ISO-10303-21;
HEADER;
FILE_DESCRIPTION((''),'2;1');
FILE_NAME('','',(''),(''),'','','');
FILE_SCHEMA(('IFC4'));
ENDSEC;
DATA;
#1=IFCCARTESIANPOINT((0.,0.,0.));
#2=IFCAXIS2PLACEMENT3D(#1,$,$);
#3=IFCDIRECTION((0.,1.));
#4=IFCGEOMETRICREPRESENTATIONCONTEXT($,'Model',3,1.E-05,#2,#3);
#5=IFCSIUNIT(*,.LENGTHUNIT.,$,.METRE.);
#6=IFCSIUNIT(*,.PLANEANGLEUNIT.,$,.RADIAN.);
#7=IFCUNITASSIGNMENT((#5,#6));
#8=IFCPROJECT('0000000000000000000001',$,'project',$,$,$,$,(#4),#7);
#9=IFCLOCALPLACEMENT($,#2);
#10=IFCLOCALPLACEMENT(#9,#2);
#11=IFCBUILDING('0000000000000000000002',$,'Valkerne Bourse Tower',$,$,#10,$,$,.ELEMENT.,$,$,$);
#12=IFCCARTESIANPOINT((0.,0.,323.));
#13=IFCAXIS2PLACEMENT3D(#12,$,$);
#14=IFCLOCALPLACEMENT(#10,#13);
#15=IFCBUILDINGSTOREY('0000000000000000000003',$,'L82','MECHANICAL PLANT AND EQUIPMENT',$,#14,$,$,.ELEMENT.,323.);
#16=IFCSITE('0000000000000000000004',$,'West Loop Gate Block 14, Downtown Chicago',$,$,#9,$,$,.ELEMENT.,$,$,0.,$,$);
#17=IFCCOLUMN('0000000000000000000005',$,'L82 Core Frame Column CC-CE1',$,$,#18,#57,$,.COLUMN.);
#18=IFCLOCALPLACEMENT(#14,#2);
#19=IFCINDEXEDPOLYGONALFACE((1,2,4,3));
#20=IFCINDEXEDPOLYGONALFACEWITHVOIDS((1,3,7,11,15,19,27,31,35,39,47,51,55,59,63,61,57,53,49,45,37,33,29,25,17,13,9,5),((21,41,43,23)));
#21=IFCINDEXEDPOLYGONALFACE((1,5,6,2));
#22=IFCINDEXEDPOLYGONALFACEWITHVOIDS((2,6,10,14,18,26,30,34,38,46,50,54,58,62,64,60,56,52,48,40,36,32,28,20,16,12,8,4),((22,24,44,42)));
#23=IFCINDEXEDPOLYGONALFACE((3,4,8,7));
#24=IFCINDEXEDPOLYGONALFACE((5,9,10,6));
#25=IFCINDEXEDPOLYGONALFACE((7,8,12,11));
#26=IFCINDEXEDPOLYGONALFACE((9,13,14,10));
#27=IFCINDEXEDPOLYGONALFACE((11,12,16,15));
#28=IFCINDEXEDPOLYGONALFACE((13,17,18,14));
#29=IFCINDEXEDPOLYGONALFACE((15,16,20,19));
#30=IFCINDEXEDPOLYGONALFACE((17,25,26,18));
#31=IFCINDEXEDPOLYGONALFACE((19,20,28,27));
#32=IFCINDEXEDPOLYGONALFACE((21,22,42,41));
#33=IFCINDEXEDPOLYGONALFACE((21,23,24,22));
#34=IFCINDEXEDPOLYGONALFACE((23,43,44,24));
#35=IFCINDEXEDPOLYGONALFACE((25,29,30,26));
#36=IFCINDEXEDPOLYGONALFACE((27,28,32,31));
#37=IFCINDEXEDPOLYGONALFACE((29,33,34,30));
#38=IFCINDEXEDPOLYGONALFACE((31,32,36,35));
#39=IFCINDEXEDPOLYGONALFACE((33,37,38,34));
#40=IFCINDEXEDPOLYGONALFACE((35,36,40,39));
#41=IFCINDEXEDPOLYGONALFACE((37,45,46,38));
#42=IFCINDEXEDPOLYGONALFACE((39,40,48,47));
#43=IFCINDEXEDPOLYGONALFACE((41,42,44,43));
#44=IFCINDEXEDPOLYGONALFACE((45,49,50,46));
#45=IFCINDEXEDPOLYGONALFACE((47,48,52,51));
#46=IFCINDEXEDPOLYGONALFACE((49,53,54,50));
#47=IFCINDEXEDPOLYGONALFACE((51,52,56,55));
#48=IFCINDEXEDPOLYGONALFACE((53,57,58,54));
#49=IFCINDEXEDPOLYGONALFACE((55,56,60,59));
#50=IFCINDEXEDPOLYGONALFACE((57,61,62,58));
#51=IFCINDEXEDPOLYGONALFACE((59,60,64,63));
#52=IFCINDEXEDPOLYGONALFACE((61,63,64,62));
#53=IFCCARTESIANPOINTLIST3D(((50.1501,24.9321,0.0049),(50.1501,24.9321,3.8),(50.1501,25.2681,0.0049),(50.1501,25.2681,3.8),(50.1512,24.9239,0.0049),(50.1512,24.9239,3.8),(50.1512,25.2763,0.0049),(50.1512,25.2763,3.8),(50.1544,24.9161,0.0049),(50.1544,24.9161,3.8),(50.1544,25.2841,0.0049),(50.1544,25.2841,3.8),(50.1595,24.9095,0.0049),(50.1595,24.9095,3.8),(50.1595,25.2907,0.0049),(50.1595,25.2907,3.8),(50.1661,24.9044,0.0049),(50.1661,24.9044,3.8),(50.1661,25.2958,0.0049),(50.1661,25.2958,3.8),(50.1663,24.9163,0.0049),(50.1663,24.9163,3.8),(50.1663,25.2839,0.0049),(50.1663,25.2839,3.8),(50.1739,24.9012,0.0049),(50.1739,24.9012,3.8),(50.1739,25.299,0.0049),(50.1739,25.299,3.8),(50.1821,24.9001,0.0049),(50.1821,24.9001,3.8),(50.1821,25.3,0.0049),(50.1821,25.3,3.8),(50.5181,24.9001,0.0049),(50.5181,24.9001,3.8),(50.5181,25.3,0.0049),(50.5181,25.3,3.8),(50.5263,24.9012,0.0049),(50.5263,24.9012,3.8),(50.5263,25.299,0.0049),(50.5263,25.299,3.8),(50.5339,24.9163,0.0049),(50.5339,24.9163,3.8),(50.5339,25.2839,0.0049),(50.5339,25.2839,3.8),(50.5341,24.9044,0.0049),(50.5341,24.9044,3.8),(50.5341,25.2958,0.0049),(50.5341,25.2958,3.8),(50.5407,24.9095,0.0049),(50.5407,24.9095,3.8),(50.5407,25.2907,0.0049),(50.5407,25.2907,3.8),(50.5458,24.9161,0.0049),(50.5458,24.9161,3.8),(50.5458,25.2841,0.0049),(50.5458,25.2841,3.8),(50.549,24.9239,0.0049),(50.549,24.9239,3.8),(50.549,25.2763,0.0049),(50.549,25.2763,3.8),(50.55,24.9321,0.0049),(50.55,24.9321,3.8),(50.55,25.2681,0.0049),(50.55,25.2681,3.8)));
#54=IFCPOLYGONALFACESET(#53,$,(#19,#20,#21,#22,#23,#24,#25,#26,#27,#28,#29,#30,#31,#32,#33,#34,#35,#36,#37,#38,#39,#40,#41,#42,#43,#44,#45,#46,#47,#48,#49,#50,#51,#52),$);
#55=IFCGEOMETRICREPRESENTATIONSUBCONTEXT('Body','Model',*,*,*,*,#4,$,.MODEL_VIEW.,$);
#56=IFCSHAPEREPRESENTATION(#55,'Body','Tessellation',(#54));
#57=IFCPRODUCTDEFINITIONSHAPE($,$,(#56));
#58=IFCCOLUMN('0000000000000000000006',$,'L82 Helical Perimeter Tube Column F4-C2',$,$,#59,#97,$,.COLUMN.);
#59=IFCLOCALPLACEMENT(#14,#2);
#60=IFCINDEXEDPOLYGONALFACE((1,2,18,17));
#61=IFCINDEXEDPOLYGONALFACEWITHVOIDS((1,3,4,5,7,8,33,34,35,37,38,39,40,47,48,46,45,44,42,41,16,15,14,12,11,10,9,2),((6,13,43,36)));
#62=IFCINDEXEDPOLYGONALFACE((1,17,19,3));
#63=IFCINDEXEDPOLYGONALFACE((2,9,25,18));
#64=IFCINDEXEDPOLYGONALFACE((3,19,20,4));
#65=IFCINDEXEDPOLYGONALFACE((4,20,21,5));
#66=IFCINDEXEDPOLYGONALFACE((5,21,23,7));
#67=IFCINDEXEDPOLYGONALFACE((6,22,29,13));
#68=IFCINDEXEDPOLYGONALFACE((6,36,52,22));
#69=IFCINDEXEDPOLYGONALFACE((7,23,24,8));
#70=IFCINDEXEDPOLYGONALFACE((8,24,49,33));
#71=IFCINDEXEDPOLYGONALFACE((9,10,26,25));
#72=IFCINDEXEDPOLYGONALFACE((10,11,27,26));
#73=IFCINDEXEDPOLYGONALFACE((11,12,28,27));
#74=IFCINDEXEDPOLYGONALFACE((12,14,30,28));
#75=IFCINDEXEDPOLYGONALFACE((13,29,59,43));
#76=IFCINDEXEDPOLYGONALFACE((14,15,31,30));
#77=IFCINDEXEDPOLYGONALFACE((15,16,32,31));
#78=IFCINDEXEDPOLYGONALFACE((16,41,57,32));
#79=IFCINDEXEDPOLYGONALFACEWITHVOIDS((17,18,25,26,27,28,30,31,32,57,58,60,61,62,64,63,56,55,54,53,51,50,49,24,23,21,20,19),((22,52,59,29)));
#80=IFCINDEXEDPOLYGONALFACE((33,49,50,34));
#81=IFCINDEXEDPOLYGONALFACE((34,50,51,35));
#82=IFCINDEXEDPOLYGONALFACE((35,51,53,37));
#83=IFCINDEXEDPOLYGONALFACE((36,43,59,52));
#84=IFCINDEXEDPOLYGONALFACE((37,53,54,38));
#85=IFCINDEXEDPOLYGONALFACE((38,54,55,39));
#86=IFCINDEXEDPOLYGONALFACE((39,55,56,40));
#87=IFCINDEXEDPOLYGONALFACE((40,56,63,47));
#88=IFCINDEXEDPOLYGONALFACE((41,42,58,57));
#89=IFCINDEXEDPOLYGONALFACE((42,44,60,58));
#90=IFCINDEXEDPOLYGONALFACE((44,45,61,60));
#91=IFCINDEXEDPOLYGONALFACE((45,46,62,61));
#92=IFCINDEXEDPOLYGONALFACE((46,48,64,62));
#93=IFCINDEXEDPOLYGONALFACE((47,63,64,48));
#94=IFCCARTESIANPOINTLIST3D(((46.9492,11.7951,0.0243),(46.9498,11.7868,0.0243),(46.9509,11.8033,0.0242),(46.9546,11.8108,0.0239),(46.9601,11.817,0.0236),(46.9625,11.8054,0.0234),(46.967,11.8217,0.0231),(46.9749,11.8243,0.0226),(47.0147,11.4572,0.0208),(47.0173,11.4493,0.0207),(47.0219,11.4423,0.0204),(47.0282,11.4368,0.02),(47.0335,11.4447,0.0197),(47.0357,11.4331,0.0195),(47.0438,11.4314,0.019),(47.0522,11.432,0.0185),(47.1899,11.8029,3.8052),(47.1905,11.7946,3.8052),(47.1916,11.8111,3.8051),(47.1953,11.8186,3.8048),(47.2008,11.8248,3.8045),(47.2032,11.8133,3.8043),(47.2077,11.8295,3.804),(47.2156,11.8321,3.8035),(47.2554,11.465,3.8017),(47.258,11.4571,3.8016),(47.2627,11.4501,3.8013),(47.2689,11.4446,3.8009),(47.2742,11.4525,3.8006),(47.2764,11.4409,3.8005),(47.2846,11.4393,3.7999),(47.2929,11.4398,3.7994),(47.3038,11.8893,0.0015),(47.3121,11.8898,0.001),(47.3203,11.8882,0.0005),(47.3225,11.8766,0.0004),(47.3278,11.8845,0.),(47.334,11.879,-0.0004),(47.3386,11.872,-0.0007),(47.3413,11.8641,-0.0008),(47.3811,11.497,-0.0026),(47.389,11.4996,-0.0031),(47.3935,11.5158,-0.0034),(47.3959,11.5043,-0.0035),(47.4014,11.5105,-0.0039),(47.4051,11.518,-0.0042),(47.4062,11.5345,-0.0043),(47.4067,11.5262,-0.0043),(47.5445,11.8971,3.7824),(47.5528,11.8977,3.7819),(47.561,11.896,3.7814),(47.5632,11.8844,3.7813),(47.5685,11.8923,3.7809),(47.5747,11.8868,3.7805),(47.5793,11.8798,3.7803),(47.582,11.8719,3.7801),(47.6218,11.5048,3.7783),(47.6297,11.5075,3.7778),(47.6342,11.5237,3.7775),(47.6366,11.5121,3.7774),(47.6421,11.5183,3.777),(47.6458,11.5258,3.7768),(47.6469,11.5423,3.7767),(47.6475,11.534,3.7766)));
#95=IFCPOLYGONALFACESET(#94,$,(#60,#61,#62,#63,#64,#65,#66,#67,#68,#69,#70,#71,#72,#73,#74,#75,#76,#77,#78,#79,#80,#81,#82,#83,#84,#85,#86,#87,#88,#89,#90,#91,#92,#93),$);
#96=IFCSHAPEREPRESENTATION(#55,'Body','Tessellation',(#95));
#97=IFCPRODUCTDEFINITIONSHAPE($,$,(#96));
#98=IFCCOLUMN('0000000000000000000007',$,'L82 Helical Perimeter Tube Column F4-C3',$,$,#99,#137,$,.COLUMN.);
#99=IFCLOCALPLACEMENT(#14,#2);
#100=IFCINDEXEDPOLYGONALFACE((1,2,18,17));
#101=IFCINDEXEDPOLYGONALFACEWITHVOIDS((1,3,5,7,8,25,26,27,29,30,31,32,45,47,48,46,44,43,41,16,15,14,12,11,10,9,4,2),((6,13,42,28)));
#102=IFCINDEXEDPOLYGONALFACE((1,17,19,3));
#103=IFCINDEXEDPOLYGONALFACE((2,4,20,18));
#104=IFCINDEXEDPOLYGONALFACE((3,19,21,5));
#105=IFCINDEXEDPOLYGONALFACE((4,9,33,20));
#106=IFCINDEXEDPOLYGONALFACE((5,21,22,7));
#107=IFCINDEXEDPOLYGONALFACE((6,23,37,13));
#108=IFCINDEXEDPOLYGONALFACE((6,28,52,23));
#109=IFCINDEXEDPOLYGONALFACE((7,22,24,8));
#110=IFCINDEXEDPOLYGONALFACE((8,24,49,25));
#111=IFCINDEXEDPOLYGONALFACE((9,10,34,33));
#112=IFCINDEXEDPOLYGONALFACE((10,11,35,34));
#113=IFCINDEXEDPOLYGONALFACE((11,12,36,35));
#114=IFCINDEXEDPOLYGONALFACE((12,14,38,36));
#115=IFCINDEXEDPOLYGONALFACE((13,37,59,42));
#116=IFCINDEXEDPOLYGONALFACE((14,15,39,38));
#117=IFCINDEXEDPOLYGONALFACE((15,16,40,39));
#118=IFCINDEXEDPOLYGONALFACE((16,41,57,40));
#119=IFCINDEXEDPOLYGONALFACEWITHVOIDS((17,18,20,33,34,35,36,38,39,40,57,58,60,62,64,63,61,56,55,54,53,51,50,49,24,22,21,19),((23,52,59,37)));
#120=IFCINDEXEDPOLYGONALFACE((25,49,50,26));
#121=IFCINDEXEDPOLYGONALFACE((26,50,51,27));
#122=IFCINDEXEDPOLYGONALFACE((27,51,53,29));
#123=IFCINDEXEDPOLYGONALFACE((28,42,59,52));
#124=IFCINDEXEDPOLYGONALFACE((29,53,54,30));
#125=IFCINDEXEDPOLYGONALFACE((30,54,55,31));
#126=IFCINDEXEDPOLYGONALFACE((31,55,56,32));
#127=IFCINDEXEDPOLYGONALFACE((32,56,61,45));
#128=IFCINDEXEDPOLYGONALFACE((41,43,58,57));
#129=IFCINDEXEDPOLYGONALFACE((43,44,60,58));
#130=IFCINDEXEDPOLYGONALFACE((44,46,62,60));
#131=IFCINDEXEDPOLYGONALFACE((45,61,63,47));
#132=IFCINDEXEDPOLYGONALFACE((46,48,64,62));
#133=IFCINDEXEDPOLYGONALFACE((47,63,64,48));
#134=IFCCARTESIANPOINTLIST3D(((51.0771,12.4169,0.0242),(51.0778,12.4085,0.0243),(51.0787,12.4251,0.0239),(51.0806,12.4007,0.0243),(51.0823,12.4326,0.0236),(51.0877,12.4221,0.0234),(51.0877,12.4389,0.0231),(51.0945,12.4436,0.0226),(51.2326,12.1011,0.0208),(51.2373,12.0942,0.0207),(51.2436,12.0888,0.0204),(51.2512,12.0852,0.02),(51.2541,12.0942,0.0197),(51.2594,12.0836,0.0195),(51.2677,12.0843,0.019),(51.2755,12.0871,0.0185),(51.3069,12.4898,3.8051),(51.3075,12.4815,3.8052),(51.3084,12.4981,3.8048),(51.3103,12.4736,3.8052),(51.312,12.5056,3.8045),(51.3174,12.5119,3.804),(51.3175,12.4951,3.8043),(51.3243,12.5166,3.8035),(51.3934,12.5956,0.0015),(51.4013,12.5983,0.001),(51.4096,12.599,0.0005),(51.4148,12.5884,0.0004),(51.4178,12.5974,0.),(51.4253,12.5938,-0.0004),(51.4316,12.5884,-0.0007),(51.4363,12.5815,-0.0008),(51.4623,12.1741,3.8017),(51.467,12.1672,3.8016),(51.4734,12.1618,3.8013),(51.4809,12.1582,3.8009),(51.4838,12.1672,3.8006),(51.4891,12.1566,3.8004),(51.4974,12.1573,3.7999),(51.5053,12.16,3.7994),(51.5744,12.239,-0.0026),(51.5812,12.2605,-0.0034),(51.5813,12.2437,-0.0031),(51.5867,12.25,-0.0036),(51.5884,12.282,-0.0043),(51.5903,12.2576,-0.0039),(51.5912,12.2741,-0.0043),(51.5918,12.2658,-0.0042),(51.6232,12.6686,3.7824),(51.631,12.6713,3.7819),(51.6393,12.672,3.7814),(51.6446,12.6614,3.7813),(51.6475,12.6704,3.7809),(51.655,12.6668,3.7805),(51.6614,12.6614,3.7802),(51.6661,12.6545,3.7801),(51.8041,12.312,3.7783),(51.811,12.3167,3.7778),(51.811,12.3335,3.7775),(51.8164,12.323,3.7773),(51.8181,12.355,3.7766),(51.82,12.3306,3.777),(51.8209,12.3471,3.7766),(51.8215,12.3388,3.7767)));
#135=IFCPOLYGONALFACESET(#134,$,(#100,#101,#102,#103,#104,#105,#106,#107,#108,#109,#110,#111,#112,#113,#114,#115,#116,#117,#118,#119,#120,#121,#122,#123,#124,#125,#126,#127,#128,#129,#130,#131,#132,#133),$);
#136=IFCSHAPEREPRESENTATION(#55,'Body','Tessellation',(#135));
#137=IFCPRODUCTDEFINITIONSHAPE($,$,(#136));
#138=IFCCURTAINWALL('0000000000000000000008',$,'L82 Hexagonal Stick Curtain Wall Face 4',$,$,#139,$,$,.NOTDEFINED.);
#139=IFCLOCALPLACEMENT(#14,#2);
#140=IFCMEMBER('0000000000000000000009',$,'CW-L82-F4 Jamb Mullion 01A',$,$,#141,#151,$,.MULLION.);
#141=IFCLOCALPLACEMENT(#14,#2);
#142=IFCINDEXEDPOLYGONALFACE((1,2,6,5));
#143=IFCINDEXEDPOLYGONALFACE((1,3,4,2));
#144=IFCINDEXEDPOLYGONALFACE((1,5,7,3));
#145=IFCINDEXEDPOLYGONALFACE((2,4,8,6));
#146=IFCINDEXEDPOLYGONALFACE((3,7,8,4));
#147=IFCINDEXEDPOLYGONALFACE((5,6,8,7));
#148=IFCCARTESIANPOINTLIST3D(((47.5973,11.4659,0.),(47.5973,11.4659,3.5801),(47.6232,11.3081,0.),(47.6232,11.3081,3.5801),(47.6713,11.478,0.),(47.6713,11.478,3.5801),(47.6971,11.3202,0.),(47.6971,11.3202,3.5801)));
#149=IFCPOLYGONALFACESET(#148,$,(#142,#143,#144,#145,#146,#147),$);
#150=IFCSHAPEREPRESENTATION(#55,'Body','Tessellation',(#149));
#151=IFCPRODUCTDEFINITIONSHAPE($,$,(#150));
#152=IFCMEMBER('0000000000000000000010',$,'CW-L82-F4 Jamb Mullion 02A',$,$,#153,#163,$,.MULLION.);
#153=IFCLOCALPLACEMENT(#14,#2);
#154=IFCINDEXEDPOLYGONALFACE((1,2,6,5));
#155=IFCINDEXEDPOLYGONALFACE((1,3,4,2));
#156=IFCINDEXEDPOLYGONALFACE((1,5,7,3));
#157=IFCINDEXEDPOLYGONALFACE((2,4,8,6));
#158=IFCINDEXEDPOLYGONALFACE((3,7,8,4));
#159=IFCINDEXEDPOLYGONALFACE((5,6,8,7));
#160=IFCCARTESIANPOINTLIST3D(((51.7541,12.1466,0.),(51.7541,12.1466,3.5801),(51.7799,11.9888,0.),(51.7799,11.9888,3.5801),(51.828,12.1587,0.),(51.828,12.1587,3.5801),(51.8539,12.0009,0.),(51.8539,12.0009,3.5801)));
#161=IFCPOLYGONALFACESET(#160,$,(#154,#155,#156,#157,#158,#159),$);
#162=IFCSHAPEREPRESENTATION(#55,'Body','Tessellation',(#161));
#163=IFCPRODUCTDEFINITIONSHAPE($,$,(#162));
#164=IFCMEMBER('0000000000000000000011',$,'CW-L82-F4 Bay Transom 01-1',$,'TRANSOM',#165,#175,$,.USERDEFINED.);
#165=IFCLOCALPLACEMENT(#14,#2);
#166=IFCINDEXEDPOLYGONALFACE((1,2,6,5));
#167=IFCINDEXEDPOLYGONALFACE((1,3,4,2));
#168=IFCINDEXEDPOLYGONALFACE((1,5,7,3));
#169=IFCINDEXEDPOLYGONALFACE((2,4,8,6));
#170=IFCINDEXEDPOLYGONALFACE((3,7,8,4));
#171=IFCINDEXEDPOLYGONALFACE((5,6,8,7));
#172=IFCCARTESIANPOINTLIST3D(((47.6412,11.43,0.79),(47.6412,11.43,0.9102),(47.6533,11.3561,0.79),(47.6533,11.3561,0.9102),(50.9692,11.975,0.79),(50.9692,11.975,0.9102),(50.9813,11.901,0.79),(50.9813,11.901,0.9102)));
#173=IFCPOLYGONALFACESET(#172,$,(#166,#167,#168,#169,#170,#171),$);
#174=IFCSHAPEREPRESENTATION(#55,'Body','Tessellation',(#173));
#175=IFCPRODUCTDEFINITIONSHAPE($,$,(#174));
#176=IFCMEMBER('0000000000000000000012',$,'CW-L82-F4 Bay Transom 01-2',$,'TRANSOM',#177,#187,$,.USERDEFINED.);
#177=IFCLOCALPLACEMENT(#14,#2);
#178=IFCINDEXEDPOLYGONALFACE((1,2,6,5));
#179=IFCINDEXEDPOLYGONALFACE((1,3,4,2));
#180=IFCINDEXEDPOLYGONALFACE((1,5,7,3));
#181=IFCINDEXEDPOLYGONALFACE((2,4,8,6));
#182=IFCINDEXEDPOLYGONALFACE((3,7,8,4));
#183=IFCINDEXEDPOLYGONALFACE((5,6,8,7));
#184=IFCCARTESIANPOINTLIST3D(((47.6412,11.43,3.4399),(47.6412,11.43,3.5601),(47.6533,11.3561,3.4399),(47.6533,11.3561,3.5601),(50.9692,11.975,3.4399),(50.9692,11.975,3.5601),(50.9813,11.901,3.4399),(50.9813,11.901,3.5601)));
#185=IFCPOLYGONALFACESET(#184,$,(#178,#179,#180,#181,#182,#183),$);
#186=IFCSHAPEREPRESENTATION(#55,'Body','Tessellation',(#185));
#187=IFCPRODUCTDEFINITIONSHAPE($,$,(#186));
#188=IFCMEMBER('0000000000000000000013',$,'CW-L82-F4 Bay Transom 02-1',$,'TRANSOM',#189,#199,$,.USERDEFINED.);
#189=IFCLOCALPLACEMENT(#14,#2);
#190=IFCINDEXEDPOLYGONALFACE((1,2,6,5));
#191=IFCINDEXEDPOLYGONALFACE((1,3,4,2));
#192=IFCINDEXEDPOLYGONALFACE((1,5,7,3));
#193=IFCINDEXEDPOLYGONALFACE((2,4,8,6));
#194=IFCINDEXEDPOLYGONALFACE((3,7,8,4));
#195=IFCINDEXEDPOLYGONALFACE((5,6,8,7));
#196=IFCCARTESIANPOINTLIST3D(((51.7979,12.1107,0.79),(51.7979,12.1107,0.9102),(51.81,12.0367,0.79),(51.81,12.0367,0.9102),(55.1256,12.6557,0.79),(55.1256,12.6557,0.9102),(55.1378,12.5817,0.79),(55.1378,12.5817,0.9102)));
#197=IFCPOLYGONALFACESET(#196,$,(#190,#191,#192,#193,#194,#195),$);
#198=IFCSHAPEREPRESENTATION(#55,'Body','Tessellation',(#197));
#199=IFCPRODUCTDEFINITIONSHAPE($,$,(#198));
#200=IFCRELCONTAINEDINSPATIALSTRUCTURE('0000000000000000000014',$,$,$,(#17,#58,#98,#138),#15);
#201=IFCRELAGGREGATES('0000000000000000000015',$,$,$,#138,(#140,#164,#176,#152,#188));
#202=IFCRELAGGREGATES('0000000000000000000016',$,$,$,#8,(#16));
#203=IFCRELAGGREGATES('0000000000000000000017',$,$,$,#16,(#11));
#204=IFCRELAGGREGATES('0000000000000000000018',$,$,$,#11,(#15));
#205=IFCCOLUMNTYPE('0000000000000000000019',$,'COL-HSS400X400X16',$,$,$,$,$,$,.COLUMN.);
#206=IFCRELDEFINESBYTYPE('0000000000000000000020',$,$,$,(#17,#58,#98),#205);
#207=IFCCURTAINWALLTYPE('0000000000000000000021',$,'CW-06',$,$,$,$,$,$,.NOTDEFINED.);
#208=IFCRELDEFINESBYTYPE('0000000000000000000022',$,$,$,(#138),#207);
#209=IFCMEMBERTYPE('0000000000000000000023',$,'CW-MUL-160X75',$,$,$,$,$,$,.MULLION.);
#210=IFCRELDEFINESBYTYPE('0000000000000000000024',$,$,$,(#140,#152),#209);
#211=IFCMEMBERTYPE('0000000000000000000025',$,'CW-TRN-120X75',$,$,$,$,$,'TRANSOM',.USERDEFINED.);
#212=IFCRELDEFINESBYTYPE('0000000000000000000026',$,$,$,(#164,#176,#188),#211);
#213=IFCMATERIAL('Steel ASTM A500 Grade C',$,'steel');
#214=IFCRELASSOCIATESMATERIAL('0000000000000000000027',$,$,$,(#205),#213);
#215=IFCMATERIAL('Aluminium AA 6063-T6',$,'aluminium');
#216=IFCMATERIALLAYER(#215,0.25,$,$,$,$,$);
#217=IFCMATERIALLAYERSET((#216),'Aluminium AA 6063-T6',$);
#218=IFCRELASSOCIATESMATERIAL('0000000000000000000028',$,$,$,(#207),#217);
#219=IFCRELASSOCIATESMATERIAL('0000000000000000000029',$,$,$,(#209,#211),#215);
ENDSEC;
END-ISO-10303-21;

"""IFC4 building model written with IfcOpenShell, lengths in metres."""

from ifc_helpers import new_model, si_unit, direction, frame, origin, origin_2d, place, context, subcontext, project, spatial, rectangle, hollow_rectangle, extrude, material, layer, layer_set, material_profile, profile_set, type_object, element, aggregate, save


model = new_model("IFC4")

# Units and contexts
model_context = context("Model", 3, precision=1e-05, world=origin(), true_north=direction((0.0, 1.0)))
body_context = subcontext(model_context, "Body", "Model", "MODEL_VIEW")
ifc_project = project(units=[si_unit("LENGTHUNIT", "METRE"), si_unit("PLANEANGLEUNIT", "RADIAN")], contexts=[model_context])

# Site, building, storey
site_placement = place(None, origin())
site = spatial("IfcSite", under=ifc_project, at=site_placement, Name="West Loop Gate Block 14, Downtown Chicago", CompositionType="ELEMENT", RefElevation=0.0)
building_placement = place(site_placement, origin())
building = spatial("IfcBuilding", under=site, at=building_placement, Name="Valkerne Bourse Tower", CompositionType="ELEMENT")
storey_placement = place(building_placement, frame((0.0, 0.0, 323.0)))
storey = spatial("IfcBuildingStorey", under=building, at=storey_placement, Name="L82", Description="MECHANICAL PLANT AND EQUIPMENT", CompositionType="ELEMENT", Elevation=323.0)

# Columns
ifc_material_1 = material(Name="Steel ASTM A500 Grade C", Category="steel")
ifc_material_profile_1 = material_profile(ifc_material_1, hollow_rectangle(XDim=0.3999, YDim=0.3999, WallThickness=0.0161, OuterFilletRadius=0.032, at=origin_2d()), Name="HSS400X400X16")
ifc_profile_set_1 = profile_set([ifc_material_profile_1], Name="Steel ASTM A500 Grade C")
column_type = type_object("IfcColumnType", Name="COL-HSS400X400X16", PredefinedType="COLUMN", material=ifc_profile_set_1)
column_placement = place(storey_placement, frame((50.3501, 25.1001, 0.0049), z_axis=(0.0, 0.0, 1.0), x_axis=(1.0, 0.0, 0.0)))
element("IfcColumn", 1, at=column_placement, inside=storey, type_object=column_type, Name="L82 Core Frame Column CC-CE1", PredefinedType="COLUMN", context=body_context, shape_type="SweptSolid", body=[
    extrude(hollow_rectangle(XDim=0.3999, YDim=0.3999, WallThickness=0.0161, OuterFilletRadius=0.032, at=origin_2d()), origin(), (0.0, 0.0, 1.0), 3.7952),
])
for number, where, z_axis, x_axis, name in (
    (2, (47.178, 11.6606, 0.01), (0.063538, 0.002062, 0.997977), (-0.193203, 0.981105, 0.010273), "L82 Helical Perimeter Tube Column F4-C2"),
    (3, (51.3345, 12.3413, 0.01), (0.060638, 0.019267, 0.997974), (-0.452551, 0.891679, 0.010282), "L82 Helical Perimeter Tube Column F4-C3"),
):
    element("IfcColumn", number, at=place(storey_placement, frame(where, z_axis=z_axis, x_axis=x_axis)), inside=storey, type_object=column_type, Name=name, PredefinedType="COLUMN", context=body_context, shape_type="SweptSolid", body=[
        extrude(hollow_rectangle(XDim=0.3999, YDim=0.3999, WallThickness=0.0161, OuterFilletRadius=0.032, at=origin_2d()), origin(), (0.0, 0.0, 1.0), 3.7886),
    ])

# Curtain wall, members
ifc_material_2 = material(Name="Aluminium AA 6063-T6", Category="aluminium")
ifc_layer_1 = layer(ifc_material_2, 0.25)
ifc_layer_set_1 = layer_set([ifc_layer_1], Name="Aluminium AA 6063-T6")
curtain_wall_type = type_object("IfcCurtainWallType", Name="CW-06", PredefinedType="NOTDEFINED", material=ifc_layer_set_1)
curtain_wall_placement = place(storey_placement, origin())
curtain_wall = element("IfcCurtainWall", 4, at=curtain_wall_placement, inside=storey, type_object=curtain_wall_type, Name="L82 Hexagonal Stick Curtain Wall Face 4", PredefinedType="NOTDEFINED")
ifc_material_profile_2 = material_profile(ifc_material_2, rectangle(XDim=0.075, YDim=0.1599, at=origin_2d()), Name="CWM-75X160")
ifc_profile_set_2 = profile_set([ifc_material_profile_2], Name="Aluminium AA 6063-T6")
member_type_1 = type_object("IfcMemberType", Name="CW-MUL-160X75", PredefinedType="MULLION", material=ifc_profile_set_2)
member_1_placement = place(storey_placement, frame((47.6472, 11.3931, 0.0), z_axis=(0.0, 0.0, 1.0), x_axis=(0.986855, 0.161611, 0.0)))
member_1 = element("IfcMember", 5, at=member_1_placement, type_object=member_type_1, Name="CW-L82-F4 Jamb Mullion 01A", PredefinedType="MULLION", context=body_context, shape_type="SweptSolid", body=[
    extrude(rectangle(XDim=0.075, YDim=0.1599, at=origin_2d()), origin(), (0.0, 0.0, 1.0), 3.5801),
])
member_2_placement = place(storey_placement, frame((51.804, 12.0737, 0.0), z_axis=(0.0, 0.0, 1.0), x_axis=(0.986858, 0.161588, 0.0)))
member_2 = element("IfcMember", 6, at=member_2_placement, type_object=member_type_1, Name="CW-L82-F4 Jamb Mullion 02A", PredefinedType="MULLION", context=body_context, shape_type="SweptSolid", body=[
    extrude(rectangle(XDim=0.075, YDim=0.1599, at=origin_2d()), origin(), (0.0, 0.0, 1.0), 3.5801),
])
ifc_material_profile_3 = material_profile(ifc_material_2, rectangle(XDim=0.075, YDim=0.1201, at=origin_2d()), Name="CWT-75X120")
ifc_profile_set_3 = profile_set([ifc_material_profile_3], Name="Aluminium AA 6063-T6")
member_type_2 = type_object("IfcMemberType", Name="CW-TRN-120X75", ElementType="TRANSOM", PredefinedType="USERDEFINED", material=ifc_profile_set_3)
member_3_placement = place(storey_placement, frame((47.6472, 11.3931, 0.8501), z_axis=(0.986858, 0.161592, 0.0), x_axis=(-0.161592, 0.986858, 0.0)))
member_3 = element("IfcMember", 7, at=member_3_placement, type_object=member_type_2, Name="CW-L82-F4 Bay Transom 01-1", ObjectType="TRANSOM", PredefinedType="USERDEFINED", context=body_context, shape_type="SweptSolid", body=[
    extrude(rectangle(XDim=0.075, YDim=0.1201, at=origin_2d()), origin(), (0.0, 0.0, 1.0), 3.3723),
])
member_4_placement = place(storey_placement, frame((47.6472, 11.3931, 3.5), z_axis=(0.986858, 0.161592, 0.0), x_axis=(-0.161592, 0.986858, 0.0)))
member_4 = element("IfcMember", 8, at=member_4_placement, type_object=member_type_2, Name="CW-L82-F4 Bay Transom 01-2", ObjectType="TRANSOM", PredefinedType="USERDEFINED", context=body_context, shape_type="SweptSolid", body=[
    extrude(rectangle(XDim=0.075, YDim=0.1201, at=origin_2d()), origin(), (0.0, 0.0, 1.0), 3.3723),
])
member_5_placement = place(storey_placement, frame((51.804, 12.0737, 0.8501), z_axis=(0.986856, 0.161604, 0.0), x_axis=(-0.161604, 0.986856, 0.0)))
member_5 = element("IfcMember", 9, at=member_5_placement, type_object=member_type_2, Name="CW-L82-F4 Bay Transom 02-1", ObjectType="TRANSOM", PredefinedType="USERDEFINED", context=body_context, shape_type="SweptSolid", body=[
    extrude(rectangle(XDim=0.075, YDim=0.1201, at=origin_2d()), origin(), (0.0, 0.0, 1.0), 3.3721),
])
aggregate(curtain_wall, [member_1, member_3, member_4, member_2, member_5])

save(model, "model.ifc")
